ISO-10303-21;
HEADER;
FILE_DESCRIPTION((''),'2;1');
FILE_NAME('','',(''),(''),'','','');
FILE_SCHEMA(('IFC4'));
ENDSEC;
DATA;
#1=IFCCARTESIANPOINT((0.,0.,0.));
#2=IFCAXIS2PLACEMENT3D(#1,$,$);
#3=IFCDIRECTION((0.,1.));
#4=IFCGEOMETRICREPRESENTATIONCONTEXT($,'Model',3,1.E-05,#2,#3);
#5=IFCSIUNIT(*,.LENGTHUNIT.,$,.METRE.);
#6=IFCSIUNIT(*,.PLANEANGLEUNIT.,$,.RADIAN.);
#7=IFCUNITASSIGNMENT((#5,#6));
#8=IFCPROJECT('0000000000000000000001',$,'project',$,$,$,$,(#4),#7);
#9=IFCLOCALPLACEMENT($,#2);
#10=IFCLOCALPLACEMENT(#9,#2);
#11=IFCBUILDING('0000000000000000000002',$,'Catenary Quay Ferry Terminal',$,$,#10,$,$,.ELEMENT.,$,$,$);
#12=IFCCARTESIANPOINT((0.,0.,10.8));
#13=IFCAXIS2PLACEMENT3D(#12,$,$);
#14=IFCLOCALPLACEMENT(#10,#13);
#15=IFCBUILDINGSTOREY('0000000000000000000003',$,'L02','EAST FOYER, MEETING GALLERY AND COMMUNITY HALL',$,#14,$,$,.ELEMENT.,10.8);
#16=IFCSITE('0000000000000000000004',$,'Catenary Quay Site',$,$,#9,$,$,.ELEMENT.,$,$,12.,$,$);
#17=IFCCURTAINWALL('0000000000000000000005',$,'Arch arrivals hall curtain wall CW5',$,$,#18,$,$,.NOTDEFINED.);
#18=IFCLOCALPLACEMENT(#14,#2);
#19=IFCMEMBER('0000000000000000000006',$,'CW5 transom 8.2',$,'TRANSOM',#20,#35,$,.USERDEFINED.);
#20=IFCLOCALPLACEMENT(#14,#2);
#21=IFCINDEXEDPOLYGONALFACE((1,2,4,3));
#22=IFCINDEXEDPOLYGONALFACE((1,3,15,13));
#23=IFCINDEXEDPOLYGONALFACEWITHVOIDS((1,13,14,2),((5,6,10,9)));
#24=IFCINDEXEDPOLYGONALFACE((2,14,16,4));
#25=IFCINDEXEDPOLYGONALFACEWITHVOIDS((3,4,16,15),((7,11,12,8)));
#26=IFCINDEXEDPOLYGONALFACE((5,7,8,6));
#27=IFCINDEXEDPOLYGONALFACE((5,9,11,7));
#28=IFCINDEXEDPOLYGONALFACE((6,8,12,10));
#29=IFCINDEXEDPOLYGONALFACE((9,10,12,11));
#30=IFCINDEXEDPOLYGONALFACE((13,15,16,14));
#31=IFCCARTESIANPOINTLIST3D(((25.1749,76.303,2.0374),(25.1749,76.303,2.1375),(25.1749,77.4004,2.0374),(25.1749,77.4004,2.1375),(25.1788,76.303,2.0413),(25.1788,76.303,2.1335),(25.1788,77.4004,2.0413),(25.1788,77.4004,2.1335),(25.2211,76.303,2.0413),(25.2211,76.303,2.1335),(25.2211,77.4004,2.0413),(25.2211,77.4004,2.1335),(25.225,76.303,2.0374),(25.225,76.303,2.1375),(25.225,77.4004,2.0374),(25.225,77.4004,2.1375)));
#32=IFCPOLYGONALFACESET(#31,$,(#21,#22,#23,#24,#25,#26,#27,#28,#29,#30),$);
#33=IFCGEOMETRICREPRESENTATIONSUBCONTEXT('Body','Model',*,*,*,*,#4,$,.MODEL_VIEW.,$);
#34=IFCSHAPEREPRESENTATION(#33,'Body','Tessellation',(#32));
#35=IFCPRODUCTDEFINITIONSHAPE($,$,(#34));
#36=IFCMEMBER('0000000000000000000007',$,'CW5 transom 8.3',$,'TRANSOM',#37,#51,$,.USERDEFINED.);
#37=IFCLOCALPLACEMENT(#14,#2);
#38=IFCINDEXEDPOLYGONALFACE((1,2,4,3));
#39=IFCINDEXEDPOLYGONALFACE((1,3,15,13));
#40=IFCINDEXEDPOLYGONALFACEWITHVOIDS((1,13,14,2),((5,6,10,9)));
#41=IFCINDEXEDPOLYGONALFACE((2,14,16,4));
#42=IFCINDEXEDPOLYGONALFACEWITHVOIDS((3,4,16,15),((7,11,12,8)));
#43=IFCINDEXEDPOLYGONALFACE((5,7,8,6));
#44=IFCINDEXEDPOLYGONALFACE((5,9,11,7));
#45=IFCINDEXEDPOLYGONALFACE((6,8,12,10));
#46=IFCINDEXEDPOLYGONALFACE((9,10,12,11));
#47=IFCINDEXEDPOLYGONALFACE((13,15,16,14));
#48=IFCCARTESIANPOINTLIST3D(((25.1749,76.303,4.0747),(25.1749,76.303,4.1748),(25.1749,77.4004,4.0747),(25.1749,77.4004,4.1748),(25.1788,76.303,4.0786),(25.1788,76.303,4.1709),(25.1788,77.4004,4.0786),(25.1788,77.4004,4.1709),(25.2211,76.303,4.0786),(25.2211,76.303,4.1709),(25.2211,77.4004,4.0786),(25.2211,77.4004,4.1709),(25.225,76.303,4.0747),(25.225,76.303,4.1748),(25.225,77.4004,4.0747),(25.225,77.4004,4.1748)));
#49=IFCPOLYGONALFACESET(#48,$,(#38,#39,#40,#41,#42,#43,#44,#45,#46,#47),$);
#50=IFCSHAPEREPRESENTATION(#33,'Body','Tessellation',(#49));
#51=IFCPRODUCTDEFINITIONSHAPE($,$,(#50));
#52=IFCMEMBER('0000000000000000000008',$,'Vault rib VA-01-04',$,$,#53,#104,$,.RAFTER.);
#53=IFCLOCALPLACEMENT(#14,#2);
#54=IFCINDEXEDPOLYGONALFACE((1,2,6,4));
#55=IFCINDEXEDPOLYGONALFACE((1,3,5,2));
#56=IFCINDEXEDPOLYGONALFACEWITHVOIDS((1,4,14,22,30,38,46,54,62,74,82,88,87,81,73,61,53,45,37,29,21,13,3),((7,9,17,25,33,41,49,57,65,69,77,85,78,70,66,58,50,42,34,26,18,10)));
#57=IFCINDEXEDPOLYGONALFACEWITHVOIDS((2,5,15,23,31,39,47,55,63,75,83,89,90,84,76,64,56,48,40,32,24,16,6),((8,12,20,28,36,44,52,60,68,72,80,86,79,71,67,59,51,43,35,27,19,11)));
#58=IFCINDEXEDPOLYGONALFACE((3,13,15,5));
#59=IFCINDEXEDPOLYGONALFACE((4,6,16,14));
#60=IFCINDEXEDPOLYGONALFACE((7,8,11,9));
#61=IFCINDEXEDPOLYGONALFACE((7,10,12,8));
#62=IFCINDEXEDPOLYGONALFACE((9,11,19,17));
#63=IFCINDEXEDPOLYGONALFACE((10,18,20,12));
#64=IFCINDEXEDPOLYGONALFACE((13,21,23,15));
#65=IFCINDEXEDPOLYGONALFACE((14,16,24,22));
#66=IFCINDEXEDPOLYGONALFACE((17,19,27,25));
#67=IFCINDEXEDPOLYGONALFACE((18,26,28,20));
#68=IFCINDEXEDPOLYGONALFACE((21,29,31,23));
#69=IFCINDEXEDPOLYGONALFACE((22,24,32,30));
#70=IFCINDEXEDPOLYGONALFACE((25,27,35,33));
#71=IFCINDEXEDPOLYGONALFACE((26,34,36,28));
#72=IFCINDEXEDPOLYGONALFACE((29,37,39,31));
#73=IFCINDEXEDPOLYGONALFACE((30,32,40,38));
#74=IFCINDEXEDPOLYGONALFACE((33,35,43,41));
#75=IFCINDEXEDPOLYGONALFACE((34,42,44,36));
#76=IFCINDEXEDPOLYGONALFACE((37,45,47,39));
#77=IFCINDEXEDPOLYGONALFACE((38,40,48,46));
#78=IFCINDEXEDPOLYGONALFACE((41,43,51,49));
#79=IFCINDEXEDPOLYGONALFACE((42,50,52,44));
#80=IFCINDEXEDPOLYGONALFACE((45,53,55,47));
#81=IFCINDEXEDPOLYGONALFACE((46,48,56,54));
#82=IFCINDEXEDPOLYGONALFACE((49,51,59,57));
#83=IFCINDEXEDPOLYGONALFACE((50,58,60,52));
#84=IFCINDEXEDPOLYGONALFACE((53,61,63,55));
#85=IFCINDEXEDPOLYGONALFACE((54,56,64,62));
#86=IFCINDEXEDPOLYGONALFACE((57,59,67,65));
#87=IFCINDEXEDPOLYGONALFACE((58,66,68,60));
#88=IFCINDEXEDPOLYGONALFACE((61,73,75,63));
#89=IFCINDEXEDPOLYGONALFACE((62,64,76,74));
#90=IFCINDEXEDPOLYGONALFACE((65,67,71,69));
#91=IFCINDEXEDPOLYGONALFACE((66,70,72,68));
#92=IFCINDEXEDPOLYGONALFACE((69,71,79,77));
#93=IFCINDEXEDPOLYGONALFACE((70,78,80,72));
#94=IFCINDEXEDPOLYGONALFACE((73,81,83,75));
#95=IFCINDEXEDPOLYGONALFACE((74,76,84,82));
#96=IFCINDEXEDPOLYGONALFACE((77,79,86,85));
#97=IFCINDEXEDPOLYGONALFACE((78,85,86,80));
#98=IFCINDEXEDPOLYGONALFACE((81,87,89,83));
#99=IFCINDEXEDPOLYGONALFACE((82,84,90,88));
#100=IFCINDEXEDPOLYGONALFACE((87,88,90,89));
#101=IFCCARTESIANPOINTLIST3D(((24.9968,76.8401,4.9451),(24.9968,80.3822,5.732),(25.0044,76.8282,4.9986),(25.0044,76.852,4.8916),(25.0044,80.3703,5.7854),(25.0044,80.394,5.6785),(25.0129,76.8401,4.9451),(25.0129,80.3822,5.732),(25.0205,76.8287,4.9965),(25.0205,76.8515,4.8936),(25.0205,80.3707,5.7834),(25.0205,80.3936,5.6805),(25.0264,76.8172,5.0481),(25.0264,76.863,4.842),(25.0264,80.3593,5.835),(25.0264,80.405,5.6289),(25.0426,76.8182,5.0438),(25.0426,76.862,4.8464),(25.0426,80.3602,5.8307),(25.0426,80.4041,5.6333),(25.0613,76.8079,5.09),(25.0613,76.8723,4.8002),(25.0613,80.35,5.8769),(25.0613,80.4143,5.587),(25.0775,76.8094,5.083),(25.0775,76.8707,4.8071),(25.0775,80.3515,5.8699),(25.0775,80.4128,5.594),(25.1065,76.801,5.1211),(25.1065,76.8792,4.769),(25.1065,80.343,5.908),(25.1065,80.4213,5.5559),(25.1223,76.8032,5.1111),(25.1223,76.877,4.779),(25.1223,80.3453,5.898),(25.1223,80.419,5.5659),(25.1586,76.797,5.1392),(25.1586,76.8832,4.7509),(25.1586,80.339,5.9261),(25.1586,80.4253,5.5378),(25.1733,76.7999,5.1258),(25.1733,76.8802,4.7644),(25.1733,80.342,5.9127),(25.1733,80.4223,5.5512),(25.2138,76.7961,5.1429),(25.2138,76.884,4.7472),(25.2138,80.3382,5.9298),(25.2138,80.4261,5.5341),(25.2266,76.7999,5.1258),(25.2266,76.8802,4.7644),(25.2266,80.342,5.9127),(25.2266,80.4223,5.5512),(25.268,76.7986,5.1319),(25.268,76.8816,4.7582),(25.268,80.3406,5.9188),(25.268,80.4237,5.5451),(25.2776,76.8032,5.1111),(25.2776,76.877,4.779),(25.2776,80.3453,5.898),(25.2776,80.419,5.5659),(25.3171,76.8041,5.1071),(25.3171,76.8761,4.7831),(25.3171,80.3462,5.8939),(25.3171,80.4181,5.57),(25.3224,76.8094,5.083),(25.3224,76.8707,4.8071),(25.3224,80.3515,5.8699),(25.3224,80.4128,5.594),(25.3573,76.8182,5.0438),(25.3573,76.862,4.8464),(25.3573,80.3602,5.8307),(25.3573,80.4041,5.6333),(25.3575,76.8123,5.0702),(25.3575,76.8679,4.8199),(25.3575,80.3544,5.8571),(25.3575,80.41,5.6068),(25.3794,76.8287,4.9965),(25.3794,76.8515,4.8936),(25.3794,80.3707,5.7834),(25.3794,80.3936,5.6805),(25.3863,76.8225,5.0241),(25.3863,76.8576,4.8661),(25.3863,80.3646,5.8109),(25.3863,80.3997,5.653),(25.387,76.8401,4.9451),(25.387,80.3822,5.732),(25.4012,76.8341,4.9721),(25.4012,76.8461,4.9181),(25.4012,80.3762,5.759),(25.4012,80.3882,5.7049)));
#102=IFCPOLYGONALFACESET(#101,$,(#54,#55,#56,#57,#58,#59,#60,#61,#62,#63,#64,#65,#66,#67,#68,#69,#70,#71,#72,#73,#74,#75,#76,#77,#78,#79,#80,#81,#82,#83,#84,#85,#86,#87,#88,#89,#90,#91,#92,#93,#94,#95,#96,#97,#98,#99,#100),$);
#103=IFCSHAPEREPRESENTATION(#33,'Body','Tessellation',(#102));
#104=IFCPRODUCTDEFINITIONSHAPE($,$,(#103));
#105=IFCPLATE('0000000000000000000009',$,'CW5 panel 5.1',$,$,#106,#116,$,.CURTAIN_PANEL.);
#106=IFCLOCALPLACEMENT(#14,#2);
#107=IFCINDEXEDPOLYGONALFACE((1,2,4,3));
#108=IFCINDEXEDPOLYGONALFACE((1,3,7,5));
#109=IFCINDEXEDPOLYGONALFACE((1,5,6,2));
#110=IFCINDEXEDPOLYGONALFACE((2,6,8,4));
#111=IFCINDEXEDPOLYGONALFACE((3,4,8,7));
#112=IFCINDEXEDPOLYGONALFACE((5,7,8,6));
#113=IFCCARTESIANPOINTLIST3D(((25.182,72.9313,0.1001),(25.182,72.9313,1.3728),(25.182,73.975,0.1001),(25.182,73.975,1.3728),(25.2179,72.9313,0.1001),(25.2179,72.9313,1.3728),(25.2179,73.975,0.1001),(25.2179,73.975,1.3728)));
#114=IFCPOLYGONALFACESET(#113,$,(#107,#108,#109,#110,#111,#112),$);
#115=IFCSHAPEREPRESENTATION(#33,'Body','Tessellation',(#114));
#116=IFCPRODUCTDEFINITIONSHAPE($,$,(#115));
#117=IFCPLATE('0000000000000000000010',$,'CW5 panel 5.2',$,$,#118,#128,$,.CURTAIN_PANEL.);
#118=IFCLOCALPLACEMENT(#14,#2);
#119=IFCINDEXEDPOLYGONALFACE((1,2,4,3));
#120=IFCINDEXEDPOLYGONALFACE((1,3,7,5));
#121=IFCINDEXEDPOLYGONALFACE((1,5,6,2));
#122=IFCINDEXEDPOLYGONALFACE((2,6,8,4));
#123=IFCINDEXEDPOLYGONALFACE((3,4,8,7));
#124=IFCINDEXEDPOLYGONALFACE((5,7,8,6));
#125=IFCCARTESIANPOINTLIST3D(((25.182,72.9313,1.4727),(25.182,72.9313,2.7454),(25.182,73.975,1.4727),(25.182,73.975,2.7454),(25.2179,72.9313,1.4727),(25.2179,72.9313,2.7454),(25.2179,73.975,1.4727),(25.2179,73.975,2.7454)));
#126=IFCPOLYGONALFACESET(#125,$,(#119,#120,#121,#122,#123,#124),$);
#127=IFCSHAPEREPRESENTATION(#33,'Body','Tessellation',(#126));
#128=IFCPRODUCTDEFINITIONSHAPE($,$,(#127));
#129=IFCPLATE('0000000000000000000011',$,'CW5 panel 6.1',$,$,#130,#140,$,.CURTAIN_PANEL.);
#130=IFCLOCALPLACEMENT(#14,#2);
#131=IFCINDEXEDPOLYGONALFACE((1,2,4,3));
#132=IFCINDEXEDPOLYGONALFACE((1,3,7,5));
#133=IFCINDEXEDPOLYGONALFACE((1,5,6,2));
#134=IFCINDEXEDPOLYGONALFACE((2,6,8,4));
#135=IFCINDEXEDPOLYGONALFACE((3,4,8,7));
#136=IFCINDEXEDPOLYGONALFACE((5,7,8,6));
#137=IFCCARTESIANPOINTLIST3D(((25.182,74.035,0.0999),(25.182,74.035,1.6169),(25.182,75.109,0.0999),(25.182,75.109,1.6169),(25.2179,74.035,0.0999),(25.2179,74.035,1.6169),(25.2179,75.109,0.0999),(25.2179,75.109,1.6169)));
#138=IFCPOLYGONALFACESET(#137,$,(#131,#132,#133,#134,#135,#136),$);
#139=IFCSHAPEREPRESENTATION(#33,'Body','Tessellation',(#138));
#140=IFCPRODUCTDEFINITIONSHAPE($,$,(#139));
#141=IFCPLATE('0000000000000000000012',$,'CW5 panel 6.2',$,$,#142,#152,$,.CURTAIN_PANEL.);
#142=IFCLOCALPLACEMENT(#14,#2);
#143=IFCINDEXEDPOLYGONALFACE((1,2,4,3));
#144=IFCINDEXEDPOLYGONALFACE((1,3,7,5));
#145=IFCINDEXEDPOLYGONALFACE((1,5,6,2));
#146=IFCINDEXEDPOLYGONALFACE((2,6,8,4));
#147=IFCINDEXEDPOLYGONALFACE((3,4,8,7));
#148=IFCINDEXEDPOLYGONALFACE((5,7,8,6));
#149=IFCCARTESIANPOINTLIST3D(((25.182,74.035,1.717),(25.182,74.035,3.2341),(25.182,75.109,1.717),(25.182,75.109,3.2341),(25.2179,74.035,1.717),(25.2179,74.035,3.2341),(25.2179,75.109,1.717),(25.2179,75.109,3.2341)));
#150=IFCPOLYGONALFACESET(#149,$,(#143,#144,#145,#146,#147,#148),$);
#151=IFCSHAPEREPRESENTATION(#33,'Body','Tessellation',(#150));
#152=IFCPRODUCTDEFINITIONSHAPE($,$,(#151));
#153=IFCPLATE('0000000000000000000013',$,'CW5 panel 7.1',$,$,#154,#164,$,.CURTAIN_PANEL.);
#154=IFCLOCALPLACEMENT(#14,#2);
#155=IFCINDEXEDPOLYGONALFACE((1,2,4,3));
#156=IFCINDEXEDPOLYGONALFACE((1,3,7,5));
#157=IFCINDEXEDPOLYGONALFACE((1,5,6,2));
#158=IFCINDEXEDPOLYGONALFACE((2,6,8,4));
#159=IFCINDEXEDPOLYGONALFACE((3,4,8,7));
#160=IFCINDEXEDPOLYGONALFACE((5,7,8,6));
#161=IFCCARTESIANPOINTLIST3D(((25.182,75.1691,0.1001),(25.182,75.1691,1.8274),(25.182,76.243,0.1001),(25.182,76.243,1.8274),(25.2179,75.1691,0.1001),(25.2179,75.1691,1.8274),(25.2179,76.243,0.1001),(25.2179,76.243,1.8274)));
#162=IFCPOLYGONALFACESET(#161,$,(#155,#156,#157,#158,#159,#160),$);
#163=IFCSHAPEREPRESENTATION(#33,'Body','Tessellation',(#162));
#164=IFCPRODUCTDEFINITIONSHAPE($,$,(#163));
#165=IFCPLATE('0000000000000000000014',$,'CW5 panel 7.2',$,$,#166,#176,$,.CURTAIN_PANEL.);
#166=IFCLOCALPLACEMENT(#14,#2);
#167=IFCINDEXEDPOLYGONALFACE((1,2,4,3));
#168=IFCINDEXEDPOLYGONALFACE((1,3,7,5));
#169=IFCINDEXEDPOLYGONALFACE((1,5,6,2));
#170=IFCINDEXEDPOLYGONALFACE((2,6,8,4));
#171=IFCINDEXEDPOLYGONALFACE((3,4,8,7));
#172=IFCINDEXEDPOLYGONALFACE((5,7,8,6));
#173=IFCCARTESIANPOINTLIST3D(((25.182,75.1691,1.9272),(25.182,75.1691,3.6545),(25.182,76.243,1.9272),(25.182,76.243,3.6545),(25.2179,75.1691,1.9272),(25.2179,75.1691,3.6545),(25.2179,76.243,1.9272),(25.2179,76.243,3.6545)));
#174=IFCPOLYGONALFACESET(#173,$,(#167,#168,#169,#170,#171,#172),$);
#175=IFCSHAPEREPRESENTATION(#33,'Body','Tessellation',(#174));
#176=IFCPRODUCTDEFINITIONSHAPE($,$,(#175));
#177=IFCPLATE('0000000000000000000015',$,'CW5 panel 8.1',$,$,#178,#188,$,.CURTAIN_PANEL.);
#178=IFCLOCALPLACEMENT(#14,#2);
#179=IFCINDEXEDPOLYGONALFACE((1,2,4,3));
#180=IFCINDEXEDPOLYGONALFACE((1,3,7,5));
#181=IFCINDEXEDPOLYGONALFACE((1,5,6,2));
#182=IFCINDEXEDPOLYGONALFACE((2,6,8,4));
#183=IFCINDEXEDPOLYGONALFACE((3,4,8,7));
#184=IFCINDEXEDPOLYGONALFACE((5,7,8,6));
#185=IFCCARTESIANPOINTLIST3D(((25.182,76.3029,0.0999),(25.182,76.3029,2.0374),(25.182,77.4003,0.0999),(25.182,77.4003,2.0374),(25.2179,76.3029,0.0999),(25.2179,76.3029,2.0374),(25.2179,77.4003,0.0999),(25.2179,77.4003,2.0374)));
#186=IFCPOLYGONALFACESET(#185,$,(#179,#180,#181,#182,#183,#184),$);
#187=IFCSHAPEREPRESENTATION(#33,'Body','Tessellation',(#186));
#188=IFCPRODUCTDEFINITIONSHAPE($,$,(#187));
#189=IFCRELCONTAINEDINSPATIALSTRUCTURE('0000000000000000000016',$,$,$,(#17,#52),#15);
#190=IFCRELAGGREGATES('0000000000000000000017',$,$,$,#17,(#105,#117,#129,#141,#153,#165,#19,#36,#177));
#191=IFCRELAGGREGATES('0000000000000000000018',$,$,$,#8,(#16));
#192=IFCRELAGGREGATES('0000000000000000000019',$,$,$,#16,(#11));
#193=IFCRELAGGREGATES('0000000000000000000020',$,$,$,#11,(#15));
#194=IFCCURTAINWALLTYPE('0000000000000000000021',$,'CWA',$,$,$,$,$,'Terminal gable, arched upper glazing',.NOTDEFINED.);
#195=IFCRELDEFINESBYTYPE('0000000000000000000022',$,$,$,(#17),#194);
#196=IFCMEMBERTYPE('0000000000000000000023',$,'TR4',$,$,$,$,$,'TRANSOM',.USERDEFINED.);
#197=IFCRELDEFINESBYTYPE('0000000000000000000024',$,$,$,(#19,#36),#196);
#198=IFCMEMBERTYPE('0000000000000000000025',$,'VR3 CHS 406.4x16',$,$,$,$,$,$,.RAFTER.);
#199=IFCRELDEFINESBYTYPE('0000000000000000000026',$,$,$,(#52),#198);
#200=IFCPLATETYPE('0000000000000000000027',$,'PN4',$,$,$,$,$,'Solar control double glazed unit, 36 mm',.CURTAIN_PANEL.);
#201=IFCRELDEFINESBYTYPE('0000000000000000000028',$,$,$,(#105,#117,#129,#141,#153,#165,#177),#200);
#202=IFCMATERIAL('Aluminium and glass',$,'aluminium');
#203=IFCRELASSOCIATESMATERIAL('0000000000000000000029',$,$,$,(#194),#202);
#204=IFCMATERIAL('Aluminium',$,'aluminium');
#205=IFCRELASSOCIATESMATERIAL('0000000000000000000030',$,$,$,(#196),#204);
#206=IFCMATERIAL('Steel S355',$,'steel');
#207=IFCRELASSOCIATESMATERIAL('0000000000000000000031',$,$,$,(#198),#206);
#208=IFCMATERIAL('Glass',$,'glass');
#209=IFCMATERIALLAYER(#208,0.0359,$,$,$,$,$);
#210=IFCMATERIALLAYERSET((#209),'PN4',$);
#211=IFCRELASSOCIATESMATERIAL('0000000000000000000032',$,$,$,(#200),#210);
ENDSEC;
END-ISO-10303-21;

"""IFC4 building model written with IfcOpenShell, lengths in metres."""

from ifc_helpers import new_model, si_unit, direction, frame, origin, origin_2d, place, context, subcontext, project, spatial, rectangle, hollow_rectangle, hollow_circle, extrude, material, layer, layer_set, material_profile, profile_set, type_object, element, aggregate, save


model = new_model("IFC4")

# Units and contexts
model_context = context("Model", 3, precision=1e-05, world=origin(), true_north=direction((0.0, 1.0)))
body_context = subcontext(model_context, "Body", "Model", "MODEL_VIEW")
ifc_project = project(units=[si_unit("LENGTHUNIT", "METRE"), si_unit("PLANEANGLEUNIT", "RADIAN")], contexts=[model_context])

# Site, building, storey
site_placement = place(None, origin())
site = spatial("IfcSite", under=ifc_project, at=site_placement, Name="Catenary Quay Site", CompositionType="ELEMENT", RefElevation=12.0)
building_placement = place(site_placement, origin())
building = spatial("IfcBuilding", under=site, at=building_placement, Name="Catenary Quay Ferry Terminal", CompositionType="ELEMENT")
storey_placement = place(building_placement, frame((0.0, 0.0, 10.8)))
storey = spatial("IfcBuildingStorey", under=building, at=storey_placement, Name="L02", Description="EAST FOYER, MEETING GALLERY AND COMMUNITY HALL", CompositionType="ELEMENT", Elevation=10.8)

# Curtain wall, members
ifc_material_1 = material(Name="Aluminium and glass", Category="aluminium")
curtain_wall_type = type_object("IfcCurtainWallType", Name="CWA", ElementType="Terminal gable, arched upper glazing", PredefinedType="NOTDEFINED", material=ifc_material_1)
curtain_wall_placement = place(storey_placement, origin())
curtain_wall = element("IfcCurtainWall", 1, at=curtain_wall_placement, inside=storey, type_object=curtain_wall_type, Name="Arch arrivals hall curtain wall CW5", PredefinedType="NOTDEFINED")
ifc_material_2 = material(Name="Aluminium", Category="aluminium")
ifc_material_profile_1 = material_profile(ifc_material_2, hollow_rectangle(XDim=0.05, YDim=0.1001, WallThickness=0.0039, at=origin_2d()), Name="TR4")
ifc_profile_set_1 = profile_set([ifc_material_profile_1], Name="Aluminium")
member_type_1 = type_object("IfcMemberType", Name="TR4", ElementType="TRANSOM", PredefinedType="USERDEFINED", material=ifc_profile_set_1)
member_1_placement = place(storey_placement, frame((25.2, 76.303, 2.0874), z_axis=(0.0, 1.0, 0.0), x_axis=(-1.0, 0.0, 0.0)))
member_1 = element("IfcMember", 2, at=member_1_placement, type_object=member_type_1, Name="CW5 transom 8.2", ObjectType="TRANSOM", PredefinedType="USERDEFINED", context=body_context, shape_type="SweptSolid", body=[
    extrude(hollow_rectangle(XDim=0.05, YDim=0.1001, WallThickness=0.0039, at=origin_2d()), origin(), (0.0, 0.0, 1.0), 1.0974),
])
member_2_placement = place(storey_placement, frame((25.2, 76.303, 4.1248), z_axis=(0.0, 1.0, 0.0), x_axis=(-1.0, 0.0, 0.0)))
member_2 = element("IfcMember", 3, at=member_2_placement, type_object=member_type_1, Name="CW5 transom 8.3", ObjectType="TRANSOM", PredefinedType="USERDEFINED", context=body_context, shape_type="SweptSolid", body=[
    extrude(hollow_rectangle(XDim=0.05, YDim=0.1001, WallThickness=0.0039, at=origin_2d()), origin(), (0.0, 0.0, 1.0), 1.0974),
])

# Member
ifc_material_3 = material(Name="Steel S355", Category="steel")
ifc_material_profile_2 = material_profile(ifc_material_3, hollow_circle(Radius=0.2031, WallThickness=0.0161, at=origin_2d()), Name="CHS 406.4x16")
ifc_profile_set_2 = profile_set([ifc_material_profile_2], Name="Steel S355")
member_type_2 = type_object("IfcMemberType", Name="VR3 CHS 406.4x16", PredefinedType="RAFTER", material=ifc_profile_set_2)
member_3_placement = place(storey_placement, frame((25.2, 76.8401, 4.9451), z_axis=(0.0, 0.976201, 0.216866), x_axis=(-1.0, 0.0, 0.0)))
element("IfcMember", 4, at=member_3_placement, inside=storey, type_object=member_type_2, Name="Vault rib VA-01-04", PredefinedType="RAFTER", context=body_context, shape_type="SweptSolid", body=[
    extrude(hollow_circle(Radius=0.2031, WallThickness=0.0161, at=origin_2d()), origin(), (0.0, 0.0, 1.0), 3.6284),
])

# Plates
ifc_material_4 = material(Name="Glass", Category="glass")
ifc_layer_1 = layer(ifc_material_4, 0.0359)
ifc_layer_set_1 = layer_set([ifc_layer_1], Name="PN4")
plate_type_1 = type_object("IfcPlateType", Name="PN4", ElementType="Solar control double glazed unit, 36 mm", PredefinedType="CURTAIN_PANEL", material=ifc_layer_set_1)
plate_1_placement = place(storey_placement, frame((25.2, 73.4531, 0.1001), z_axis=(0.0, 0.0, 1.0), x_axis=(0.0, 1.0, 0.0)))
plate_1 = element("IfcPlate", 5, at=plate_1_placement, type_object=plate_type_1, Name="CW5 panel 5.1", PredefinedType="CURTAIN_PANEL", context=body_context, shape_type="SweptSolid", body=[
    extrude(rectangle(XDim=1.0437, YDim=0.0359, at=origin_2d()), origin(), (0.0, 0.0, 1.0), 1.2727),
])
plate_2_placement = place(storey_placement, frame((25.2, 73.4531, 1.4727), z_axis=(0.0, 0.0, 1.0), x_axis=(0.0, 1.0, 0.0)))
plate_2 = element("IfcPlate", 6, at=plate_2_placement, type_object=plate_type_1, Name="CW5 panel 5.2", PredefinedType="CURTAIN_PANEL", context=body_context, shape_type="SweptSolid", body=[
    extrude(rectangle(XDim=1.0437, YDim=0.0359, at=origin_2d()), origin(), (0.0, 0.0, 1.0), 1.2727),
])
plate_3_placement = place(storey_placement, frame((25.2, 74.572, 0.0999), z_axis=(0.0, 0.0, 1.0), x_axis=(0.0, 1.0, 0.0)))
plate_3 = element("IfcPlate", 7, at=plate_3_placement, type_object=plate_type_1, Name="CW5 panel 6.1", PredefinedType="CURTAIN_PANEL", context=body_context, shape_type="SweptSolid", body=[
    extrude(rectangle(XDim=1.074, YDim=0.0359, at=origin_2d()), origin(), (0.0, 0.0, 1.0), 1.5171),
])
plate_4_placement = place(storey_placement, frame((25.2, 74.572, 1.717), z_axis=(0.0, 0.0, 1.0), x_axis=(0.0, 1.0, 0.0)))
plate_4 = element("IfcPlate", 8, at=plate_4_placement, type_object=plate_type_1, Name="CW5 panel 6.2", PredefinedType="CURTAIN_PANEL", context=body_context, shape_type="SweptSolid", body=[
    extrude(rectangle(XDim=1.074, YDim=0.0359, at=origin_2d()), origin(), (0.0, 0.0, 1.0), 1.5171),
])
plate_5_placement = place(storey_placement, frame((25.2, 75.7061, 0.1001), z_axis=(0.0, 0.0, 1.0), x_axis=(0.0, 1.0, 0.0)))
plate_5 = element("IfcPlate", 9, at=plate_5_placement, type_object=plate_type_1, Name="CW5 panel 7.1", PredefinedType="CURTAIN_PANEL", context=body_context, shape_type="SweptSolid", body=[
    extrude(rectangle(XDim=1.074, YDim=0.0359, at=origin_2d()), origin(), (0.0, 0.0, 1.0), 1.7273),
])
plate_6_placement = place(storey_placement, frame((25.2, 75.7061, 1.9272), z_axis=(0.0, 0.0, 1.0), x_axis=(0.0, 1.0, 0.0)))
plate_6 = element("IfcPlate", 10, at=plate_6_placement, type_object=plate_type_1, Name="CW5 panel 7.2", PredefinedType="CURTAIN_PANEL", context=body_context, shape_type="SweptSolid", body=[
    extrude(rectangle(XDim=1.074, YDim=0.0359, at=origin_2d()), origin(), (0.0, 0.0, 1.0), 1.7273),
])
plate_7_placement = place(storey_placement, frame((25.2, 76.8516, 0.0999), z_axis=(0.0, 0.0, 1.0), x_axis=(0.0, 1.0, 0.0)))
plate_7 = element("IfcPlate", 11, at=plate_7_placement, type_object=plate_type_1, Name="CW5 panel 8.1", PredefinedType="CURTAIN_PANEL", context=body_context, shape_type="SweptSolid", body=[
    extrude(rectangle(XDim=1.0974, YDim=0.0359, at=origin_2d()), origin(), (0.0, 0.0, 1.0), 1.9375),
])
aggregate(curtain_wall, [plate_1, plate_2, plate_3, plate_4, plate_5, plate_6, member_1, member_2, plate_7])

save(model, "model.ifc")
